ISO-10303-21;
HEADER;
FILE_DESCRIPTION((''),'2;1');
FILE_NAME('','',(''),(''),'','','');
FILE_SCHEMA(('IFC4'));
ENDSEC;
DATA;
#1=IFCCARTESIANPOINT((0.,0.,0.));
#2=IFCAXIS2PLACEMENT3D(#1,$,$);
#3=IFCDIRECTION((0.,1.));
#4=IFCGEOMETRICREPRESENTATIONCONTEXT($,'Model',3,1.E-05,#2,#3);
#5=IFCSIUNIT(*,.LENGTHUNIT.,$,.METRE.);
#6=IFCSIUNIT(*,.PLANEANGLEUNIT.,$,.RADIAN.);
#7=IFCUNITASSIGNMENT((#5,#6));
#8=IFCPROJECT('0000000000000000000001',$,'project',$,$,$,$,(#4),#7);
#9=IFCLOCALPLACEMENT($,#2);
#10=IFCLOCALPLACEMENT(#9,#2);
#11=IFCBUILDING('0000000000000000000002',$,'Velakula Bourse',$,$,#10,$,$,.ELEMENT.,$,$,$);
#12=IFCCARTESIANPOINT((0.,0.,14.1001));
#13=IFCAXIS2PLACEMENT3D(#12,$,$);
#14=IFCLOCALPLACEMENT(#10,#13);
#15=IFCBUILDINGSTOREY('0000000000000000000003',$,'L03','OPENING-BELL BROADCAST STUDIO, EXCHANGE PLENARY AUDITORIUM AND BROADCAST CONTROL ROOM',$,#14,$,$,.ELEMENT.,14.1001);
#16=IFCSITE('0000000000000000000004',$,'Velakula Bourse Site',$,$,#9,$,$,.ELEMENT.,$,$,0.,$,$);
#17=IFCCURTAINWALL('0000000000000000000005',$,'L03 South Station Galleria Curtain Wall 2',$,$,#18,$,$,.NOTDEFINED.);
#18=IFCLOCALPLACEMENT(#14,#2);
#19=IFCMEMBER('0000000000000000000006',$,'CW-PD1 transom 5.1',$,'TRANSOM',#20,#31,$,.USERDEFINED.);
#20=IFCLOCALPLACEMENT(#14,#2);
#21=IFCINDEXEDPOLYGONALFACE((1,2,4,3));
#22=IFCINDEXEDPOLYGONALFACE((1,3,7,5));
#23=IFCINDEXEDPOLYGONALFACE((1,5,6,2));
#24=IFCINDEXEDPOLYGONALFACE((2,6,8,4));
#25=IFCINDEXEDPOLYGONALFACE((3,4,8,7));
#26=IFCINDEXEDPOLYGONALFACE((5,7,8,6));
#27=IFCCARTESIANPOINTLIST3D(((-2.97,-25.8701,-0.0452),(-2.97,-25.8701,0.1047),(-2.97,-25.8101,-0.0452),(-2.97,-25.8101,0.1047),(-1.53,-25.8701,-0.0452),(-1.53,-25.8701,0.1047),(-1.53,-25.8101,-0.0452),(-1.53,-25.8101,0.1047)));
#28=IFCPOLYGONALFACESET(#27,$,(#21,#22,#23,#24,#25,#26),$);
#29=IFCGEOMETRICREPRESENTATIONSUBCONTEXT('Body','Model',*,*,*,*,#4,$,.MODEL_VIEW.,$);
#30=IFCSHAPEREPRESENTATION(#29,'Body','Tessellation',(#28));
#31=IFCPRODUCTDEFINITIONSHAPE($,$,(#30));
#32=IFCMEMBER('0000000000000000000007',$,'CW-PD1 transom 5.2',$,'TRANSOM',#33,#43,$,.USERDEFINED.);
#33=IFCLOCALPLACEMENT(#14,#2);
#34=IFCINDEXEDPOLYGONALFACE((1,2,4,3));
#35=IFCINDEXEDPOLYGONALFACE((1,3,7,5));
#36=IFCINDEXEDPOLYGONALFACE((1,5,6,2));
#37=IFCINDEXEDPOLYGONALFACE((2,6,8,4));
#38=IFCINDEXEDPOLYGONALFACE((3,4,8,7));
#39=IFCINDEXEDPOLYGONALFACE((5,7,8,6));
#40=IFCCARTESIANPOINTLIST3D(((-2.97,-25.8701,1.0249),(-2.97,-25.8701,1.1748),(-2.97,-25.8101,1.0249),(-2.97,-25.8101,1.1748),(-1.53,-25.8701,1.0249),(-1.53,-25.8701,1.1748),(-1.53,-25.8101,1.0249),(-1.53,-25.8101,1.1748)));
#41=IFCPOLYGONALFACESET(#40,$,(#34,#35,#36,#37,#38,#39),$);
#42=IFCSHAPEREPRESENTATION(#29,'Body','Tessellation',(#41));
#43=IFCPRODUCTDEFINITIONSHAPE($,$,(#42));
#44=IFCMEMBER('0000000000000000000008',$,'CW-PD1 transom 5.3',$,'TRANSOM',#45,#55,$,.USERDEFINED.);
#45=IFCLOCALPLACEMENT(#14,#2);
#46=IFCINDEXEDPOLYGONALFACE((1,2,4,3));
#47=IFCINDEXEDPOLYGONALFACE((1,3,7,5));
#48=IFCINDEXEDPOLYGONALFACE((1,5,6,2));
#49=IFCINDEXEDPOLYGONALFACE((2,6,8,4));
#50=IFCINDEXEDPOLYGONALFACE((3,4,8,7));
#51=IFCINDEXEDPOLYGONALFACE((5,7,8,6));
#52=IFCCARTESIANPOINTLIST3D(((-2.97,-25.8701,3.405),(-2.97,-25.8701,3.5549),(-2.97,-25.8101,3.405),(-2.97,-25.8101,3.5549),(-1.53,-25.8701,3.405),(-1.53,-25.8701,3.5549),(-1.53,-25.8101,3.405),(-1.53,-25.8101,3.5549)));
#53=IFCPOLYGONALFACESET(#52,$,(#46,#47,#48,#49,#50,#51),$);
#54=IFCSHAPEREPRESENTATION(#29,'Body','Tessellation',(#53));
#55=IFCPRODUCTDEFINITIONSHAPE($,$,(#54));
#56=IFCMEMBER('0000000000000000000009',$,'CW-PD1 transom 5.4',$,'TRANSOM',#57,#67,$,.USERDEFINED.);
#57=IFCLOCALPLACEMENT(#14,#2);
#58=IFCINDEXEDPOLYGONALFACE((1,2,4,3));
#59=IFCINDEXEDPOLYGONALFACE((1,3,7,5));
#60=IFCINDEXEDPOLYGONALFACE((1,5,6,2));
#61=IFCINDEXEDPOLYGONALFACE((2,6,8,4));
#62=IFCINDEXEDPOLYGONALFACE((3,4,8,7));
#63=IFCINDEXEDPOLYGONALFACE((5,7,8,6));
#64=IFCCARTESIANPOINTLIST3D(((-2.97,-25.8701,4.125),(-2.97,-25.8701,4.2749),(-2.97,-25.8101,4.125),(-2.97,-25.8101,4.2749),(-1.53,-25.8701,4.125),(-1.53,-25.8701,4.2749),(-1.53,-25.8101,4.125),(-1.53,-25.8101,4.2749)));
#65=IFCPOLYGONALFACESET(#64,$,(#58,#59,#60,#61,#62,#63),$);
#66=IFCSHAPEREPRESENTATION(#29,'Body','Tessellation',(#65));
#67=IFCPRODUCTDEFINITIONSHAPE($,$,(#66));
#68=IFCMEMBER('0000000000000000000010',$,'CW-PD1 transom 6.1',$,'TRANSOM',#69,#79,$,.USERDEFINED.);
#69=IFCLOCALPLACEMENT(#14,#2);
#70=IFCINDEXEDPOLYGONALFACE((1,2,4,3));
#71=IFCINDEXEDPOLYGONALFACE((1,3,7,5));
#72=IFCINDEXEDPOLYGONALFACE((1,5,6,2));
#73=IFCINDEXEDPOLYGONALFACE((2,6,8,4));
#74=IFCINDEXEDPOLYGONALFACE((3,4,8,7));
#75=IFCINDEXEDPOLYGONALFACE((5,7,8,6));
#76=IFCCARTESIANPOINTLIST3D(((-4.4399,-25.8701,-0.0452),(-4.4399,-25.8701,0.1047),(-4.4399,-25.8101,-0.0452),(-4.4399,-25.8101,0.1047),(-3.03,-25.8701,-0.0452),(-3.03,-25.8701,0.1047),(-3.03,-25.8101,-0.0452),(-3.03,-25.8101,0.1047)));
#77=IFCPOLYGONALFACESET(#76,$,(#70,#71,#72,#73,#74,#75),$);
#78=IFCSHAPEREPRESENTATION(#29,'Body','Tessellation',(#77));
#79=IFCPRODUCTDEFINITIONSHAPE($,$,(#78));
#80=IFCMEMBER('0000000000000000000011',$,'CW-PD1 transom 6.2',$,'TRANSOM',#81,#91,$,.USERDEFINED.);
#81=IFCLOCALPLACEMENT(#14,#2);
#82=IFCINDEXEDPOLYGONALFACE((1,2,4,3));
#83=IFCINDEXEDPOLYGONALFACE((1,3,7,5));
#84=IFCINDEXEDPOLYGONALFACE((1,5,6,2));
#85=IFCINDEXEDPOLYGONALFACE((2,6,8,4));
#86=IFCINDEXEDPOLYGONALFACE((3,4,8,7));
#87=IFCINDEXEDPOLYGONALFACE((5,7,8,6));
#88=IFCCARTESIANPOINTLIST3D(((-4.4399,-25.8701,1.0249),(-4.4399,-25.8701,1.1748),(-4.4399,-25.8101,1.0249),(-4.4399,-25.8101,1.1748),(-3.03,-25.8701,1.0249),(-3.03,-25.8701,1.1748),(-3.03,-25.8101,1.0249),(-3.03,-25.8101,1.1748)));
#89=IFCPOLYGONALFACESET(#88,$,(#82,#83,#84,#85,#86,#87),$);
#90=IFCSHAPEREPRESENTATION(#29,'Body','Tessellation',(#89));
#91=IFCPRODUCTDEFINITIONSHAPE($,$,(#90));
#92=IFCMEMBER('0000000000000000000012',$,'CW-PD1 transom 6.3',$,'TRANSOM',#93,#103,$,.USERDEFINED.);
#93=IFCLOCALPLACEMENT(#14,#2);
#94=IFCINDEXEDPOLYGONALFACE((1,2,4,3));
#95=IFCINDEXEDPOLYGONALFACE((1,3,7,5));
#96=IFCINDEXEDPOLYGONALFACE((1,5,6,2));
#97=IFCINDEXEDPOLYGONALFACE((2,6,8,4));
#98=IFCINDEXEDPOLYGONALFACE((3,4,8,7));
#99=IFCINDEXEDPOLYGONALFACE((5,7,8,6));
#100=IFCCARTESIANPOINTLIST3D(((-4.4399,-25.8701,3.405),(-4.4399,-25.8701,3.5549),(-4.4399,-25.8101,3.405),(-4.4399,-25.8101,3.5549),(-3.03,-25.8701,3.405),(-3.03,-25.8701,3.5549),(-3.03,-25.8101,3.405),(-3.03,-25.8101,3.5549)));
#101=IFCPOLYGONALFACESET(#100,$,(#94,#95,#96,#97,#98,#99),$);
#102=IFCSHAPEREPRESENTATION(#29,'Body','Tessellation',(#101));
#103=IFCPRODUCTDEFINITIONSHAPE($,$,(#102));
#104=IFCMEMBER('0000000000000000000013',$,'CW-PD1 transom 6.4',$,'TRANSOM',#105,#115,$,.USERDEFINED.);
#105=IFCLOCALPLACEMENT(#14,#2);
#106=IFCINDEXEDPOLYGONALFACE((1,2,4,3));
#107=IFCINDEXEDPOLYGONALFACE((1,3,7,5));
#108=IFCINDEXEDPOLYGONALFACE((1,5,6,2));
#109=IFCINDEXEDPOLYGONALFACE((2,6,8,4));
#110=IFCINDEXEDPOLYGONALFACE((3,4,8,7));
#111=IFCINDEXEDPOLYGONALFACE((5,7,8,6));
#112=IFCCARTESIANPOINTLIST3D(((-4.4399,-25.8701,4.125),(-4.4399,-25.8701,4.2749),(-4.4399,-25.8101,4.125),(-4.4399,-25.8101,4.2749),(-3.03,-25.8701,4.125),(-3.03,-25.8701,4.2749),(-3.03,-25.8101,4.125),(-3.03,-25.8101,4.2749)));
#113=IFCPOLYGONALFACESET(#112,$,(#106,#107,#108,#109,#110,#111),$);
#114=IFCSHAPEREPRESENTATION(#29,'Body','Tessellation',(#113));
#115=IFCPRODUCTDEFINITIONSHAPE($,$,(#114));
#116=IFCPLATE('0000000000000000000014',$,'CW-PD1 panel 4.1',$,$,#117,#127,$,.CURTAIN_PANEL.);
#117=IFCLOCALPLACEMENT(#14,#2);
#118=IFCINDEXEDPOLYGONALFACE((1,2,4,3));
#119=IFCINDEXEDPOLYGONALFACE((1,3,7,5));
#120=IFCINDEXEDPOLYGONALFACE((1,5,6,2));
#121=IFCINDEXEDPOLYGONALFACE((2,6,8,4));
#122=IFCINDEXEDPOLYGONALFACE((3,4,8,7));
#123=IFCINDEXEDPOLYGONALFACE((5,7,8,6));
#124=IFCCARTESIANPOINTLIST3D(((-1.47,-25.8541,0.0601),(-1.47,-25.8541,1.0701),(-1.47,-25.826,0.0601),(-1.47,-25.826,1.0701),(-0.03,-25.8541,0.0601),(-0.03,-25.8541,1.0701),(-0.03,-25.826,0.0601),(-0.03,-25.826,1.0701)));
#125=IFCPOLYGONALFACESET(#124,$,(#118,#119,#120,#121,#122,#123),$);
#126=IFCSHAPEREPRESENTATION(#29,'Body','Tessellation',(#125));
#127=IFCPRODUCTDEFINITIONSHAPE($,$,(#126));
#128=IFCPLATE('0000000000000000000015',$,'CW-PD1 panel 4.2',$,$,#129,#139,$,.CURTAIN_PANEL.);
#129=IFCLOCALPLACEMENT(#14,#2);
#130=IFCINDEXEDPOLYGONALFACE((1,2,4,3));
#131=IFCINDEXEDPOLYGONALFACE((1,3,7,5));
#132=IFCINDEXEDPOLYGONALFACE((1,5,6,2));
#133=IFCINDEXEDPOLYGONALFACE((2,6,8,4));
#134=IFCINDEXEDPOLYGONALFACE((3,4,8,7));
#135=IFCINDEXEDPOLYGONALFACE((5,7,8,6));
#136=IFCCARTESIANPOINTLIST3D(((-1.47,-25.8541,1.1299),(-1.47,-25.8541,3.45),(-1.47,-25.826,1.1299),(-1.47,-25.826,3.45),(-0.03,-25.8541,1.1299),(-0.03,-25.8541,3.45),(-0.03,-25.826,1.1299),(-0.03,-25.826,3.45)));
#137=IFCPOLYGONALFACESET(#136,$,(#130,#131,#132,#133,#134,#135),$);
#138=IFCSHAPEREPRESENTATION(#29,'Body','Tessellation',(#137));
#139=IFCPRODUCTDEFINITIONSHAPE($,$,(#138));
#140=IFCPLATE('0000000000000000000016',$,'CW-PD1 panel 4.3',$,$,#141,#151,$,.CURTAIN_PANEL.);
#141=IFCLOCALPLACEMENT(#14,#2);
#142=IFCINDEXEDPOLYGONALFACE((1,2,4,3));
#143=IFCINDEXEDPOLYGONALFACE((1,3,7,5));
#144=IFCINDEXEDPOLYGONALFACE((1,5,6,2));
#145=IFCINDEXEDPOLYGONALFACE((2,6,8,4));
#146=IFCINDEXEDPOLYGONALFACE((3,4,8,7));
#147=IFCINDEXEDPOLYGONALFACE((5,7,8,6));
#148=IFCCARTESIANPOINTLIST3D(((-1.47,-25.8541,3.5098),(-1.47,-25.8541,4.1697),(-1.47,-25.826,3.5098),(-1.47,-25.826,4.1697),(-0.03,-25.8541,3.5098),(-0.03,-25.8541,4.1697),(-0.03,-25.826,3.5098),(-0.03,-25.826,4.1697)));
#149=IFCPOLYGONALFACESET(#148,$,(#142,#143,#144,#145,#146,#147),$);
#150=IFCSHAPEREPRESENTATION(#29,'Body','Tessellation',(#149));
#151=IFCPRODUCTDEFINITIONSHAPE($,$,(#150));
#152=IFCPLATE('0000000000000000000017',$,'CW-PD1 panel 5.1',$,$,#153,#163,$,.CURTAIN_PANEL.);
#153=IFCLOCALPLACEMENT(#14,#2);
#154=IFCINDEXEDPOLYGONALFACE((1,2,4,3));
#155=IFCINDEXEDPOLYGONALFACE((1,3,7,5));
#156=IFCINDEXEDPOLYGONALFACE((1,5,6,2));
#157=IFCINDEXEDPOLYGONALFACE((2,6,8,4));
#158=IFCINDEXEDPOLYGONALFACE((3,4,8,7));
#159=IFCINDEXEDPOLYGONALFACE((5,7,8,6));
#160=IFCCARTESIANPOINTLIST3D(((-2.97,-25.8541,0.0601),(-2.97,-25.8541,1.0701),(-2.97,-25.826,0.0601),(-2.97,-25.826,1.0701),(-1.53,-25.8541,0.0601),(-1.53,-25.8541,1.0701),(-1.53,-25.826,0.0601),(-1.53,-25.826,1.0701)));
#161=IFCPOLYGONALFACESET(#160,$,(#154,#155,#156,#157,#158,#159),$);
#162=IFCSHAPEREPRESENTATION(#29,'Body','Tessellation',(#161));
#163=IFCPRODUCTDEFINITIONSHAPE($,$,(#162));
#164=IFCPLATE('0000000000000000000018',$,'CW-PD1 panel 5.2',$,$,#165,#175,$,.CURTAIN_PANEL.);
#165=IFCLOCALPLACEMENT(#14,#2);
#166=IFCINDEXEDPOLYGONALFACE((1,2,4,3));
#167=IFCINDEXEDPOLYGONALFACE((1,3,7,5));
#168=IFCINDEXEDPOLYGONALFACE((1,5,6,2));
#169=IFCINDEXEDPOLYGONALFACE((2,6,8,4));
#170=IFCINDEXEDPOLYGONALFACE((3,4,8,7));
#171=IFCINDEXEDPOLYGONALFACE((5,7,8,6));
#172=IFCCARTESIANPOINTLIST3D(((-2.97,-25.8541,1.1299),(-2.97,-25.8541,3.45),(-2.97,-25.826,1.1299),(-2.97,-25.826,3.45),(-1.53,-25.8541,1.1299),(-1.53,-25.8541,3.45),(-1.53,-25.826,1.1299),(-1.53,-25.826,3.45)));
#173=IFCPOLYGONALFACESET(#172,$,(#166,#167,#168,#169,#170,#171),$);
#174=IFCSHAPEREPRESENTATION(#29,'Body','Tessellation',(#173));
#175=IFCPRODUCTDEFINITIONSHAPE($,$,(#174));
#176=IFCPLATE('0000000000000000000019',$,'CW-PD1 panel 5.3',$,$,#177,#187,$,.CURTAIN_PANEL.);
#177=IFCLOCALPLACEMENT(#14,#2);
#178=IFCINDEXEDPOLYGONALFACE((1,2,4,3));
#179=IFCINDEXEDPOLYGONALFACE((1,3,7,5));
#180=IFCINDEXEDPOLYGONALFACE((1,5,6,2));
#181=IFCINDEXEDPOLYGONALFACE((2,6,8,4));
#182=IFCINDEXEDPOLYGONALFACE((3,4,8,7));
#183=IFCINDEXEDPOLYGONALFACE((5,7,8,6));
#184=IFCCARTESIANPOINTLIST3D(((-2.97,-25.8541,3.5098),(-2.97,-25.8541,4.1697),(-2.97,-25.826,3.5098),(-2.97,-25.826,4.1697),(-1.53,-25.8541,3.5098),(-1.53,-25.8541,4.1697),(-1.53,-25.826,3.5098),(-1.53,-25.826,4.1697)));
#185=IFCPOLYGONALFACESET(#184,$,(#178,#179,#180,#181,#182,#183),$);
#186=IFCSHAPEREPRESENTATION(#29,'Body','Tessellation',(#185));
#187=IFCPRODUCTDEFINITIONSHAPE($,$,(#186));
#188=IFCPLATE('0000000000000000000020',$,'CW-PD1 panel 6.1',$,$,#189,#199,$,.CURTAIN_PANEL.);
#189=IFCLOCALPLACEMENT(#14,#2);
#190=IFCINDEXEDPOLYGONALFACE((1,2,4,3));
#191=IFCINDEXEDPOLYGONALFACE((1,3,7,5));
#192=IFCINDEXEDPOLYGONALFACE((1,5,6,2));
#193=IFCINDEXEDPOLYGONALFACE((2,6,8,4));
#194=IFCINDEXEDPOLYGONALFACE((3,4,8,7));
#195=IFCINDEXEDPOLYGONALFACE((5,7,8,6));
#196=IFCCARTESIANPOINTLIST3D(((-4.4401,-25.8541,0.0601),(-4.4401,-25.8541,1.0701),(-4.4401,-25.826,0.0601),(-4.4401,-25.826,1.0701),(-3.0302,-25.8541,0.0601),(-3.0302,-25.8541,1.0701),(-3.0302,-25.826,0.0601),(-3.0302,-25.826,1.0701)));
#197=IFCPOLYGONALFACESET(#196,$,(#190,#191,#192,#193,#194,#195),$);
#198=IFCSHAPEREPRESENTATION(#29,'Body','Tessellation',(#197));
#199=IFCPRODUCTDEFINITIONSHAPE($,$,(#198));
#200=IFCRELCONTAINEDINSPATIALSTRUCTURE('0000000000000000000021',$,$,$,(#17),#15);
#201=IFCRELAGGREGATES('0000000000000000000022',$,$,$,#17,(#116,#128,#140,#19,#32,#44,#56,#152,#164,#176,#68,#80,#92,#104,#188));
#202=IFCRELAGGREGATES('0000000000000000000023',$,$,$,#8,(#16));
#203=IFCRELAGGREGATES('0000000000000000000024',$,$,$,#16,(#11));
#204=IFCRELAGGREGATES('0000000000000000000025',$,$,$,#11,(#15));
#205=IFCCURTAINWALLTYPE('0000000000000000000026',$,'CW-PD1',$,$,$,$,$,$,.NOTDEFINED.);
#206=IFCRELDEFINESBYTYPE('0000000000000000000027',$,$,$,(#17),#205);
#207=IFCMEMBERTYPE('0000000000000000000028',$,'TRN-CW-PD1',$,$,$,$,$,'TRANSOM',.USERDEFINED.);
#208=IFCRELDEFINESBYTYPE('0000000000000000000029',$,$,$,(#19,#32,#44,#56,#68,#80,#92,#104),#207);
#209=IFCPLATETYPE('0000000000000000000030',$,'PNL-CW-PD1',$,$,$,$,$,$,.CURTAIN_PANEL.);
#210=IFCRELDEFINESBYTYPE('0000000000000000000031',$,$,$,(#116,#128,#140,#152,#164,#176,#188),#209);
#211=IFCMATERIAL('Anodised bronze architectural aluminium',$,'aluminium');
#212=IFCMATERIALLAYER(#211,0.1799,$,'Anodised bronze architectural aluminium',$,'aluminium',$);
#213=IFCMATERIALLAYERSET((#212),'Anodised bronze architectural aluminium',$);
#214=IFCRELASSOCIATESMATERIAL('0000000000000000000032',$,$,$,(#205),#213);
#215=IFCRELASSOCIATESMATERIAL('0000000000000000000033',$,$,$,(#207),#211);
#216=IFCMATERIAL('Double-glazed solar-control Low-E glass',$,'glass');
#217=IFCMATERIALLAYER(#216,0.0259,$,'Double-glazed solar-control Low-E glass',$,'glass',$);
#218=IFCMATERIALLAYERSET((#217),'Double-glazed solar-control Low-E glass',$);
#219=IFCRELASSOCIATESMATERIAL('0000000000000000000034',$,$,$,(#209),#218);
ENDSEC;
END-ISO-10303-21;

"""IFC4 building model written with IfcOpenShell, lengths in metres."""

from ifc_helpers import new_model, si_unit, direction, frame, origin, origin_2d, place, context, subcontext, project, spatial, rectangle, extrude, material, layer, layer_set, material_profile, profile_set, type_object, element, aggregate, save


model = new_model("IFC4")

# Units and contexts
model_context = context("Model", 3, precision=1e-05, world=origin(), true_north=direction((0.0, 1.0)))
body_context = subcontext(model_context, "Body", "Model", "MODEL_VIEW")
ifc_project = project(units=[si_unit("LENGTHUNIT", "METRE"), si_unit("PLANEANGLEUNIT", "RADIAN")], contexts=[model_context])

# Site, building, storey
site_placement = place(None, origin())
site = spatial("IfcSite", under=ifc_project, at=site_placement, Name="Velakula Bourse Site", CompositionType="ELEMENT", RefElevation=0.0)
building_placement = place(site_placement, origin())
building = spatial("IfcBuilding", under=site, at=building_placement, Name="Velakula Bourse", CompositionType="ELEMENT")
storey_placement = place(building_placement, frame((0.0, 0.0, 14.1001)))
storey = spatial("IfcBuildingStorey", under=building, at=storey_placement, Name="L03", Description="OPENING-BELL BROADCAST STUDIO, EXCHANGE PLENARY AUDITORIUM AND BROADCAST CONTROL ROOM", CompositionType="ELEMENT", Elevation=14.1001)

# Curtain wall, members, plates
ifc_material_1 = material(Name="Anodised bronze architectural aluminium", Category="aluminium")
ifc_layer_1 = layer(ifc_material_1, 0.1799, Name="Anodised bronze architectural aluminium", Category="aluminium")
ifc_layer_set_1 = layer_set([ifc_layer_1], Name="Anodised bronze architectural aluminium")
curtain_wall_type = type_object("IfcCurtainWallType", Name="CW-PD1", PredefinedType="NOTDEFINED", material=ifc_layer_set_1)
curtain_wall_placement = place(storey_placement, origin())
curtain_wall = element("IfcCurtainWall", 1, at=curtain_wall_placement, inside=storey, type_object=curtain_wall_type, Name="L03 South Station Galleria Curtain Wall 2", PredefinedType="NOTDEFINED")
ifc_material_profile_1 = material_profile(ifc_material_1, rectangle(XDim=0.0601, YDim=0.1499, at=origin_2d()), Name="Anodised bronze architectural aluminium")
ifc_profile_set_1 = profile_set([ifc_material_profile_1], Name="Anodised bronze architectural aluminium")
member_type_1 = type_object("IfcMemberType", Name="TRN-CW-PD1", ElementType="TRANSOM", PredefinedType="USERDEFINED", material=ifc_profile_set_1)
member_1_placement = place(storey_placement, frame((-1.53, -25.8401, 0.0298), z_axis=(-1.0, 0.0, 0.0), x_axis=(0.0, -1.0, 0.0)))
member_1 = element("IfcMember", 2, at=member_1_placement, type_object=member_type_1, Name="CW-PD1 transom 5.1", ObjectType="TRANSOM", PredefinedType="USERDEFINED", context=body_context, shape_type="SweptSolid", body=[
    extrude(rectangle(XDim=0.0601, YDim=0.1499, at=origin_2d()), origin(), (0.0, 0.0, 1.0), 1.4399),
])
member_2_placement = place(storey_placement, frame((-1.53, -25.8401, 1.0999), z_axis=(-1.0, 0.0, 0.0), x_axis=(0.0, -1.0, 0.0)))
member_2 = element("IfcMember", 3, at=member_2_placement, type_object=member_type_1, Name="CW-PD1 transom 5.2", ObjectType="TRANSOM", PredefinedType="USERDEFINED", context=body_context, shape_type="SweptSolid", body=[
    extrude(rectangle(XDim=0.0601, YDim=0.1499, at=origin_2d()), origin(), (0.0, 0.0, 1.0), 1.4399),
])
member_3_placement = place(storey_placement, frame((-1.53, -25.8401, 3.48), z_axis=(-1.0, 0.0, 0.0), x_axis=(0.0, -1.0, 0.0)))
member_3 = element("IfcMember", 4, at=member_3_placement, type_object=member_type_1, Name="CW-PD1 transom 5.3", ObjectType="TRANSOM", PredefinedType="USERDEFINED", context=body_context, shape_type="SweptSolid", body=[
    extrude(rectangle(XDim=0.0601, YDim=0.1499, at=origin_2d()), origin(), (0.0, 0.0, 1.0), 1.4399),
])
member_4_placement = place(storey_placement, frame((-1.53, -25.8401, 4.2), z_axis=(-1.0, 0.0, 0.0), x_axis=(0.0, -1.0, 0.0)))
member_4 = element("IfcMember", 5, at=member_4_placement, type_object=member_type_1, Name="CW-PD1 transom 5.4", ObjectType="TRANSOM", PredefinedType="USERDEFINED", context=body_context, shape_type="SweptSolid", body=[
    extrude(rectangle(XDim=0.0601, YDim=0.1499, at=origin_2d()), origin(), (0.0, 0.0, 1.0), 1.4399),
])
member_5_placement = place(storey_placement, frame((-3.03, -25.8401, 0.0298), z_axis=(-1.0, 0.0, 0.0), x_axis=(0.0, -1.0, 0.0)))
member_5 = element("IfcMember", 6, at=member_5_placement, type_object=member_type_1, Name="CW-PD1 transom 6.1", ObjectType="TRANSOM", PredefinedType="USERDEFINED", context=body_context, shape_type="SweptSolid", body=[
    extrude(rectangle(XDim=0.0601, YDim=0.1499, at=origin_2d()), origin(), (0.0, 0.0, 1.0), 1.4099),
])
member_6_placement = place(storey_placement, frame((-3.03, -25.8401, 1.0999), z_axis=(-1.0, 0.0, 0.0), x_axis=(0.0, -1.0, 0.0)))
member_6 = element("IfcMember", 7, at=member_6_placement, type_object=member_type_1, Name="CW-PD1 transom 6.2", ObjectType="TRANSOM", PredefinedType="USERDEFINED", context=body_context, shape_type="SweptSolid", body=[
    extrude(rectangle(XDim=0.0601, YDim=0.1499, at=origin_2d()), origin(), (0.0, 0.0, 1.0), 1.4099),
])
member_7_placement = place(storey_placement, frame((-3.03, -25.8401, 3.48), z_axis=(-1.0, 0.0, 0.0), x_axis=(0.0, -1.0, 0.0)))
member_7 = element("IfcMember", 8, at=member_7_placement, type_object=member_type_1, Name="CW-PD1 transom 6.3", ObjectType="TRANSOM", PredefinedType="USERDEFINED", context=body_context, shape_type="SweptSolid", body=[
    extrude(rectangle(XDim=0.0601, YDim=0.1499, at=origin_2d()), origin(), (0.0, 0.0, 1.0), 1.4099),
])
member_8_placement = place(storey_placement, frame((-3.03, -25.8401, 4.2), z_axis=(-1.0, 0.0, 0.0), x_axis=(0.0, -1.0, 0.0)))
member_8 = element("IfcMember", 9, at=member_8_placement, type_object=member_type_1, Name="CW-PD1 transom 6.4", ObjectType="TRANSOM", PredefinedType="USERDEFINED", context=body_context, shape_type="SweptSolid", body=[
    extrude(rectangle(XDim=0.0601, YDim=0.1499, at=origin_2d()), origin(), (0.0, 0.0, 1.0), 1.4099),
])
ifc_material_2 = material(Name="Double-glazed solar-control Low-E glass", Category="glass")
ifc_layer_2 = layer(ifc_material_2, 0.0259, Name="Double-glazed solar-control Low-E glass", Category="glass")
ifc_layer_set_2 = layer_set([ifc_layer_2], Name="Double-glazed solar-control Low-E glass")
plate_type = type_object("IfcPlateType", Name="PNL-CW-PD1", PredefinedType="CURTAIN_PANEL", material=ifc_layer_set_2)
plate_1_placement = place(storey_placement, frame((-0.75, -25.8401, 0.0601), z_axis=(0.0, 0.0, 1.0), x_axis=(-1.0, 0.0, 0.0)))
plate_1 = element("IfcPlate", 10, at=plate_1_placement, type_object=plate_type, Name="CW-PD1 panel 4.1", PredefinedType="CURTAIN_PANEL", context=body_context, shape_type="SweptSolid", body=[
    extrude(rectangle(XDim=1.4399, YDim=0.0281, at=origin_2d()), origin(), (0.0, 0.0, 1.0), 1.01),
])
plate_2_placement = place(storey_placement, frame((-0.75, -25.8401, 1.1299), z_axis=(0.0, 0.0, 1.0), x_axis=(-1.0, 0.0, 0.0)))
plate_2 = element("IfcPlate", 11, at=plate_2_placement, type_object=plate_type, Name="CW-PD1 panel 4.2", PredefinedType="CURTAIN_PANEL", context=body_context, shape_type="SweptSolid", body=[
    extrude(rectangle(XDim=1.4399, YDim=0.0281, at=origin_2d()), origin(), (0.0, 0.0, 1.0), 2.3201),
])
plate_3_placement = place(storey_placement, frame((-0.75, -25.8401, 3.5098), z_axis=(0.0, 0.0, 1.0), x_axis=(-1.0, 0.0, 0.0)))
plate_3 = element("IfcPlate", 12, at=plate_3_placement, type_object=plate_type, Name="CW-PD1 panel 4.3", PredefinedType="CURTAIN_PANEL", context=body_context, shape_type="SweptSolid", body=[
    extrude(rectangle(XDim=1.4399, YDim=0.0281, at=origin_2d()), origin(), (0.0, 0.0, 1.0), 0.6599),
])
plate_4_placement = place(storey_placement, frame((-2.25, -25.8401, 0.0601), z_axis=(0.0, 0.0, 1.0), x_axis=(-1.0, 0.0, 0.0)))
plate_4 = element("IfcPlate", 13, at=plate_4_placement, type_object=plate_type, Name="CW-PD1 panel 5.1", PredefinedType="CURTAIN_PANEL", context=body_context, shape_type="SweptSolid", body=[
    extrude(rectangle(XDim=1.4399, YDim=0.0281, at=origin_2d()), origin(), (0.0, 0.0, 1.0), 1.01),
])
plate_5_placement = place(storey_placement, frame((-2.25, -25.8401, 1.1299), z_axis=(0.0, 0.0, 1.0), x_axis=(-1.0, 0.0, 0.0)))
plate_5 = element("IfcPlate", 14, at=plate_5_placement, type_object=plate_type, Name="CW-PD1 panel 5.2", PredefinedType="CURTAIN_PANEL", context=body_context, shape_type="SweptSolid", body=[
    extrude(rectangle(XDim=1.4399, YDim=0.0281, at=origin_2d()), origin(), (0.0, 0.0, 1.0), 2.3201),
])
plate_6_placement = place(storey_placement, frame((-2.25, -25.8401, 3.5098), z_axis=(0.0, 0.0, 1.0), x_axis=(-1.0, 0.0, 0.0)))
plate_6 = element("IfcPlate", 15, at=plate_6_placement, type_object=plate_type, Name="CW-PD1 panel 5.3", PredefinedType="CURTAIN_PANEL", context=body_context, shape_type="SweptSolid", body=[
    extrude(rectangle(XDim=1.4399, YDim=0.0281, at=origin_2d()), origin(), (0.0, 0.0, 1.0), 0.6599),
])
plate_7_placement = place(storey_placement, frame((-3.7351, -25.8401, 0.0601), z_axis=(0.0, 0.0, 1.0), x_axis=(-1.0, 0.0, 0.0)))
plate_7 = element("IfcPlate", 16, at=plate_7_placement, type_object=plate_type, Name="CW-PD1 panel 6.1", PredefinedType="CURTAIN_PANEL", context=body_context, shape_type="SweptSolid", body=[
    extrude(rectangle(XDim=1.4099, YDim=0.0281, at=origin_2d()), origin(), (0.0, 0.0, 1.0), 1.01),
])
aggregate(curtain_wall, [plate_1, plate_2, plate_3, member_1, member_2, member_3, member_4, plate_4, plate_5, plate_6, member_5, member_6, member_7, member_8, plate_7])

save(model, "model.ifc")
